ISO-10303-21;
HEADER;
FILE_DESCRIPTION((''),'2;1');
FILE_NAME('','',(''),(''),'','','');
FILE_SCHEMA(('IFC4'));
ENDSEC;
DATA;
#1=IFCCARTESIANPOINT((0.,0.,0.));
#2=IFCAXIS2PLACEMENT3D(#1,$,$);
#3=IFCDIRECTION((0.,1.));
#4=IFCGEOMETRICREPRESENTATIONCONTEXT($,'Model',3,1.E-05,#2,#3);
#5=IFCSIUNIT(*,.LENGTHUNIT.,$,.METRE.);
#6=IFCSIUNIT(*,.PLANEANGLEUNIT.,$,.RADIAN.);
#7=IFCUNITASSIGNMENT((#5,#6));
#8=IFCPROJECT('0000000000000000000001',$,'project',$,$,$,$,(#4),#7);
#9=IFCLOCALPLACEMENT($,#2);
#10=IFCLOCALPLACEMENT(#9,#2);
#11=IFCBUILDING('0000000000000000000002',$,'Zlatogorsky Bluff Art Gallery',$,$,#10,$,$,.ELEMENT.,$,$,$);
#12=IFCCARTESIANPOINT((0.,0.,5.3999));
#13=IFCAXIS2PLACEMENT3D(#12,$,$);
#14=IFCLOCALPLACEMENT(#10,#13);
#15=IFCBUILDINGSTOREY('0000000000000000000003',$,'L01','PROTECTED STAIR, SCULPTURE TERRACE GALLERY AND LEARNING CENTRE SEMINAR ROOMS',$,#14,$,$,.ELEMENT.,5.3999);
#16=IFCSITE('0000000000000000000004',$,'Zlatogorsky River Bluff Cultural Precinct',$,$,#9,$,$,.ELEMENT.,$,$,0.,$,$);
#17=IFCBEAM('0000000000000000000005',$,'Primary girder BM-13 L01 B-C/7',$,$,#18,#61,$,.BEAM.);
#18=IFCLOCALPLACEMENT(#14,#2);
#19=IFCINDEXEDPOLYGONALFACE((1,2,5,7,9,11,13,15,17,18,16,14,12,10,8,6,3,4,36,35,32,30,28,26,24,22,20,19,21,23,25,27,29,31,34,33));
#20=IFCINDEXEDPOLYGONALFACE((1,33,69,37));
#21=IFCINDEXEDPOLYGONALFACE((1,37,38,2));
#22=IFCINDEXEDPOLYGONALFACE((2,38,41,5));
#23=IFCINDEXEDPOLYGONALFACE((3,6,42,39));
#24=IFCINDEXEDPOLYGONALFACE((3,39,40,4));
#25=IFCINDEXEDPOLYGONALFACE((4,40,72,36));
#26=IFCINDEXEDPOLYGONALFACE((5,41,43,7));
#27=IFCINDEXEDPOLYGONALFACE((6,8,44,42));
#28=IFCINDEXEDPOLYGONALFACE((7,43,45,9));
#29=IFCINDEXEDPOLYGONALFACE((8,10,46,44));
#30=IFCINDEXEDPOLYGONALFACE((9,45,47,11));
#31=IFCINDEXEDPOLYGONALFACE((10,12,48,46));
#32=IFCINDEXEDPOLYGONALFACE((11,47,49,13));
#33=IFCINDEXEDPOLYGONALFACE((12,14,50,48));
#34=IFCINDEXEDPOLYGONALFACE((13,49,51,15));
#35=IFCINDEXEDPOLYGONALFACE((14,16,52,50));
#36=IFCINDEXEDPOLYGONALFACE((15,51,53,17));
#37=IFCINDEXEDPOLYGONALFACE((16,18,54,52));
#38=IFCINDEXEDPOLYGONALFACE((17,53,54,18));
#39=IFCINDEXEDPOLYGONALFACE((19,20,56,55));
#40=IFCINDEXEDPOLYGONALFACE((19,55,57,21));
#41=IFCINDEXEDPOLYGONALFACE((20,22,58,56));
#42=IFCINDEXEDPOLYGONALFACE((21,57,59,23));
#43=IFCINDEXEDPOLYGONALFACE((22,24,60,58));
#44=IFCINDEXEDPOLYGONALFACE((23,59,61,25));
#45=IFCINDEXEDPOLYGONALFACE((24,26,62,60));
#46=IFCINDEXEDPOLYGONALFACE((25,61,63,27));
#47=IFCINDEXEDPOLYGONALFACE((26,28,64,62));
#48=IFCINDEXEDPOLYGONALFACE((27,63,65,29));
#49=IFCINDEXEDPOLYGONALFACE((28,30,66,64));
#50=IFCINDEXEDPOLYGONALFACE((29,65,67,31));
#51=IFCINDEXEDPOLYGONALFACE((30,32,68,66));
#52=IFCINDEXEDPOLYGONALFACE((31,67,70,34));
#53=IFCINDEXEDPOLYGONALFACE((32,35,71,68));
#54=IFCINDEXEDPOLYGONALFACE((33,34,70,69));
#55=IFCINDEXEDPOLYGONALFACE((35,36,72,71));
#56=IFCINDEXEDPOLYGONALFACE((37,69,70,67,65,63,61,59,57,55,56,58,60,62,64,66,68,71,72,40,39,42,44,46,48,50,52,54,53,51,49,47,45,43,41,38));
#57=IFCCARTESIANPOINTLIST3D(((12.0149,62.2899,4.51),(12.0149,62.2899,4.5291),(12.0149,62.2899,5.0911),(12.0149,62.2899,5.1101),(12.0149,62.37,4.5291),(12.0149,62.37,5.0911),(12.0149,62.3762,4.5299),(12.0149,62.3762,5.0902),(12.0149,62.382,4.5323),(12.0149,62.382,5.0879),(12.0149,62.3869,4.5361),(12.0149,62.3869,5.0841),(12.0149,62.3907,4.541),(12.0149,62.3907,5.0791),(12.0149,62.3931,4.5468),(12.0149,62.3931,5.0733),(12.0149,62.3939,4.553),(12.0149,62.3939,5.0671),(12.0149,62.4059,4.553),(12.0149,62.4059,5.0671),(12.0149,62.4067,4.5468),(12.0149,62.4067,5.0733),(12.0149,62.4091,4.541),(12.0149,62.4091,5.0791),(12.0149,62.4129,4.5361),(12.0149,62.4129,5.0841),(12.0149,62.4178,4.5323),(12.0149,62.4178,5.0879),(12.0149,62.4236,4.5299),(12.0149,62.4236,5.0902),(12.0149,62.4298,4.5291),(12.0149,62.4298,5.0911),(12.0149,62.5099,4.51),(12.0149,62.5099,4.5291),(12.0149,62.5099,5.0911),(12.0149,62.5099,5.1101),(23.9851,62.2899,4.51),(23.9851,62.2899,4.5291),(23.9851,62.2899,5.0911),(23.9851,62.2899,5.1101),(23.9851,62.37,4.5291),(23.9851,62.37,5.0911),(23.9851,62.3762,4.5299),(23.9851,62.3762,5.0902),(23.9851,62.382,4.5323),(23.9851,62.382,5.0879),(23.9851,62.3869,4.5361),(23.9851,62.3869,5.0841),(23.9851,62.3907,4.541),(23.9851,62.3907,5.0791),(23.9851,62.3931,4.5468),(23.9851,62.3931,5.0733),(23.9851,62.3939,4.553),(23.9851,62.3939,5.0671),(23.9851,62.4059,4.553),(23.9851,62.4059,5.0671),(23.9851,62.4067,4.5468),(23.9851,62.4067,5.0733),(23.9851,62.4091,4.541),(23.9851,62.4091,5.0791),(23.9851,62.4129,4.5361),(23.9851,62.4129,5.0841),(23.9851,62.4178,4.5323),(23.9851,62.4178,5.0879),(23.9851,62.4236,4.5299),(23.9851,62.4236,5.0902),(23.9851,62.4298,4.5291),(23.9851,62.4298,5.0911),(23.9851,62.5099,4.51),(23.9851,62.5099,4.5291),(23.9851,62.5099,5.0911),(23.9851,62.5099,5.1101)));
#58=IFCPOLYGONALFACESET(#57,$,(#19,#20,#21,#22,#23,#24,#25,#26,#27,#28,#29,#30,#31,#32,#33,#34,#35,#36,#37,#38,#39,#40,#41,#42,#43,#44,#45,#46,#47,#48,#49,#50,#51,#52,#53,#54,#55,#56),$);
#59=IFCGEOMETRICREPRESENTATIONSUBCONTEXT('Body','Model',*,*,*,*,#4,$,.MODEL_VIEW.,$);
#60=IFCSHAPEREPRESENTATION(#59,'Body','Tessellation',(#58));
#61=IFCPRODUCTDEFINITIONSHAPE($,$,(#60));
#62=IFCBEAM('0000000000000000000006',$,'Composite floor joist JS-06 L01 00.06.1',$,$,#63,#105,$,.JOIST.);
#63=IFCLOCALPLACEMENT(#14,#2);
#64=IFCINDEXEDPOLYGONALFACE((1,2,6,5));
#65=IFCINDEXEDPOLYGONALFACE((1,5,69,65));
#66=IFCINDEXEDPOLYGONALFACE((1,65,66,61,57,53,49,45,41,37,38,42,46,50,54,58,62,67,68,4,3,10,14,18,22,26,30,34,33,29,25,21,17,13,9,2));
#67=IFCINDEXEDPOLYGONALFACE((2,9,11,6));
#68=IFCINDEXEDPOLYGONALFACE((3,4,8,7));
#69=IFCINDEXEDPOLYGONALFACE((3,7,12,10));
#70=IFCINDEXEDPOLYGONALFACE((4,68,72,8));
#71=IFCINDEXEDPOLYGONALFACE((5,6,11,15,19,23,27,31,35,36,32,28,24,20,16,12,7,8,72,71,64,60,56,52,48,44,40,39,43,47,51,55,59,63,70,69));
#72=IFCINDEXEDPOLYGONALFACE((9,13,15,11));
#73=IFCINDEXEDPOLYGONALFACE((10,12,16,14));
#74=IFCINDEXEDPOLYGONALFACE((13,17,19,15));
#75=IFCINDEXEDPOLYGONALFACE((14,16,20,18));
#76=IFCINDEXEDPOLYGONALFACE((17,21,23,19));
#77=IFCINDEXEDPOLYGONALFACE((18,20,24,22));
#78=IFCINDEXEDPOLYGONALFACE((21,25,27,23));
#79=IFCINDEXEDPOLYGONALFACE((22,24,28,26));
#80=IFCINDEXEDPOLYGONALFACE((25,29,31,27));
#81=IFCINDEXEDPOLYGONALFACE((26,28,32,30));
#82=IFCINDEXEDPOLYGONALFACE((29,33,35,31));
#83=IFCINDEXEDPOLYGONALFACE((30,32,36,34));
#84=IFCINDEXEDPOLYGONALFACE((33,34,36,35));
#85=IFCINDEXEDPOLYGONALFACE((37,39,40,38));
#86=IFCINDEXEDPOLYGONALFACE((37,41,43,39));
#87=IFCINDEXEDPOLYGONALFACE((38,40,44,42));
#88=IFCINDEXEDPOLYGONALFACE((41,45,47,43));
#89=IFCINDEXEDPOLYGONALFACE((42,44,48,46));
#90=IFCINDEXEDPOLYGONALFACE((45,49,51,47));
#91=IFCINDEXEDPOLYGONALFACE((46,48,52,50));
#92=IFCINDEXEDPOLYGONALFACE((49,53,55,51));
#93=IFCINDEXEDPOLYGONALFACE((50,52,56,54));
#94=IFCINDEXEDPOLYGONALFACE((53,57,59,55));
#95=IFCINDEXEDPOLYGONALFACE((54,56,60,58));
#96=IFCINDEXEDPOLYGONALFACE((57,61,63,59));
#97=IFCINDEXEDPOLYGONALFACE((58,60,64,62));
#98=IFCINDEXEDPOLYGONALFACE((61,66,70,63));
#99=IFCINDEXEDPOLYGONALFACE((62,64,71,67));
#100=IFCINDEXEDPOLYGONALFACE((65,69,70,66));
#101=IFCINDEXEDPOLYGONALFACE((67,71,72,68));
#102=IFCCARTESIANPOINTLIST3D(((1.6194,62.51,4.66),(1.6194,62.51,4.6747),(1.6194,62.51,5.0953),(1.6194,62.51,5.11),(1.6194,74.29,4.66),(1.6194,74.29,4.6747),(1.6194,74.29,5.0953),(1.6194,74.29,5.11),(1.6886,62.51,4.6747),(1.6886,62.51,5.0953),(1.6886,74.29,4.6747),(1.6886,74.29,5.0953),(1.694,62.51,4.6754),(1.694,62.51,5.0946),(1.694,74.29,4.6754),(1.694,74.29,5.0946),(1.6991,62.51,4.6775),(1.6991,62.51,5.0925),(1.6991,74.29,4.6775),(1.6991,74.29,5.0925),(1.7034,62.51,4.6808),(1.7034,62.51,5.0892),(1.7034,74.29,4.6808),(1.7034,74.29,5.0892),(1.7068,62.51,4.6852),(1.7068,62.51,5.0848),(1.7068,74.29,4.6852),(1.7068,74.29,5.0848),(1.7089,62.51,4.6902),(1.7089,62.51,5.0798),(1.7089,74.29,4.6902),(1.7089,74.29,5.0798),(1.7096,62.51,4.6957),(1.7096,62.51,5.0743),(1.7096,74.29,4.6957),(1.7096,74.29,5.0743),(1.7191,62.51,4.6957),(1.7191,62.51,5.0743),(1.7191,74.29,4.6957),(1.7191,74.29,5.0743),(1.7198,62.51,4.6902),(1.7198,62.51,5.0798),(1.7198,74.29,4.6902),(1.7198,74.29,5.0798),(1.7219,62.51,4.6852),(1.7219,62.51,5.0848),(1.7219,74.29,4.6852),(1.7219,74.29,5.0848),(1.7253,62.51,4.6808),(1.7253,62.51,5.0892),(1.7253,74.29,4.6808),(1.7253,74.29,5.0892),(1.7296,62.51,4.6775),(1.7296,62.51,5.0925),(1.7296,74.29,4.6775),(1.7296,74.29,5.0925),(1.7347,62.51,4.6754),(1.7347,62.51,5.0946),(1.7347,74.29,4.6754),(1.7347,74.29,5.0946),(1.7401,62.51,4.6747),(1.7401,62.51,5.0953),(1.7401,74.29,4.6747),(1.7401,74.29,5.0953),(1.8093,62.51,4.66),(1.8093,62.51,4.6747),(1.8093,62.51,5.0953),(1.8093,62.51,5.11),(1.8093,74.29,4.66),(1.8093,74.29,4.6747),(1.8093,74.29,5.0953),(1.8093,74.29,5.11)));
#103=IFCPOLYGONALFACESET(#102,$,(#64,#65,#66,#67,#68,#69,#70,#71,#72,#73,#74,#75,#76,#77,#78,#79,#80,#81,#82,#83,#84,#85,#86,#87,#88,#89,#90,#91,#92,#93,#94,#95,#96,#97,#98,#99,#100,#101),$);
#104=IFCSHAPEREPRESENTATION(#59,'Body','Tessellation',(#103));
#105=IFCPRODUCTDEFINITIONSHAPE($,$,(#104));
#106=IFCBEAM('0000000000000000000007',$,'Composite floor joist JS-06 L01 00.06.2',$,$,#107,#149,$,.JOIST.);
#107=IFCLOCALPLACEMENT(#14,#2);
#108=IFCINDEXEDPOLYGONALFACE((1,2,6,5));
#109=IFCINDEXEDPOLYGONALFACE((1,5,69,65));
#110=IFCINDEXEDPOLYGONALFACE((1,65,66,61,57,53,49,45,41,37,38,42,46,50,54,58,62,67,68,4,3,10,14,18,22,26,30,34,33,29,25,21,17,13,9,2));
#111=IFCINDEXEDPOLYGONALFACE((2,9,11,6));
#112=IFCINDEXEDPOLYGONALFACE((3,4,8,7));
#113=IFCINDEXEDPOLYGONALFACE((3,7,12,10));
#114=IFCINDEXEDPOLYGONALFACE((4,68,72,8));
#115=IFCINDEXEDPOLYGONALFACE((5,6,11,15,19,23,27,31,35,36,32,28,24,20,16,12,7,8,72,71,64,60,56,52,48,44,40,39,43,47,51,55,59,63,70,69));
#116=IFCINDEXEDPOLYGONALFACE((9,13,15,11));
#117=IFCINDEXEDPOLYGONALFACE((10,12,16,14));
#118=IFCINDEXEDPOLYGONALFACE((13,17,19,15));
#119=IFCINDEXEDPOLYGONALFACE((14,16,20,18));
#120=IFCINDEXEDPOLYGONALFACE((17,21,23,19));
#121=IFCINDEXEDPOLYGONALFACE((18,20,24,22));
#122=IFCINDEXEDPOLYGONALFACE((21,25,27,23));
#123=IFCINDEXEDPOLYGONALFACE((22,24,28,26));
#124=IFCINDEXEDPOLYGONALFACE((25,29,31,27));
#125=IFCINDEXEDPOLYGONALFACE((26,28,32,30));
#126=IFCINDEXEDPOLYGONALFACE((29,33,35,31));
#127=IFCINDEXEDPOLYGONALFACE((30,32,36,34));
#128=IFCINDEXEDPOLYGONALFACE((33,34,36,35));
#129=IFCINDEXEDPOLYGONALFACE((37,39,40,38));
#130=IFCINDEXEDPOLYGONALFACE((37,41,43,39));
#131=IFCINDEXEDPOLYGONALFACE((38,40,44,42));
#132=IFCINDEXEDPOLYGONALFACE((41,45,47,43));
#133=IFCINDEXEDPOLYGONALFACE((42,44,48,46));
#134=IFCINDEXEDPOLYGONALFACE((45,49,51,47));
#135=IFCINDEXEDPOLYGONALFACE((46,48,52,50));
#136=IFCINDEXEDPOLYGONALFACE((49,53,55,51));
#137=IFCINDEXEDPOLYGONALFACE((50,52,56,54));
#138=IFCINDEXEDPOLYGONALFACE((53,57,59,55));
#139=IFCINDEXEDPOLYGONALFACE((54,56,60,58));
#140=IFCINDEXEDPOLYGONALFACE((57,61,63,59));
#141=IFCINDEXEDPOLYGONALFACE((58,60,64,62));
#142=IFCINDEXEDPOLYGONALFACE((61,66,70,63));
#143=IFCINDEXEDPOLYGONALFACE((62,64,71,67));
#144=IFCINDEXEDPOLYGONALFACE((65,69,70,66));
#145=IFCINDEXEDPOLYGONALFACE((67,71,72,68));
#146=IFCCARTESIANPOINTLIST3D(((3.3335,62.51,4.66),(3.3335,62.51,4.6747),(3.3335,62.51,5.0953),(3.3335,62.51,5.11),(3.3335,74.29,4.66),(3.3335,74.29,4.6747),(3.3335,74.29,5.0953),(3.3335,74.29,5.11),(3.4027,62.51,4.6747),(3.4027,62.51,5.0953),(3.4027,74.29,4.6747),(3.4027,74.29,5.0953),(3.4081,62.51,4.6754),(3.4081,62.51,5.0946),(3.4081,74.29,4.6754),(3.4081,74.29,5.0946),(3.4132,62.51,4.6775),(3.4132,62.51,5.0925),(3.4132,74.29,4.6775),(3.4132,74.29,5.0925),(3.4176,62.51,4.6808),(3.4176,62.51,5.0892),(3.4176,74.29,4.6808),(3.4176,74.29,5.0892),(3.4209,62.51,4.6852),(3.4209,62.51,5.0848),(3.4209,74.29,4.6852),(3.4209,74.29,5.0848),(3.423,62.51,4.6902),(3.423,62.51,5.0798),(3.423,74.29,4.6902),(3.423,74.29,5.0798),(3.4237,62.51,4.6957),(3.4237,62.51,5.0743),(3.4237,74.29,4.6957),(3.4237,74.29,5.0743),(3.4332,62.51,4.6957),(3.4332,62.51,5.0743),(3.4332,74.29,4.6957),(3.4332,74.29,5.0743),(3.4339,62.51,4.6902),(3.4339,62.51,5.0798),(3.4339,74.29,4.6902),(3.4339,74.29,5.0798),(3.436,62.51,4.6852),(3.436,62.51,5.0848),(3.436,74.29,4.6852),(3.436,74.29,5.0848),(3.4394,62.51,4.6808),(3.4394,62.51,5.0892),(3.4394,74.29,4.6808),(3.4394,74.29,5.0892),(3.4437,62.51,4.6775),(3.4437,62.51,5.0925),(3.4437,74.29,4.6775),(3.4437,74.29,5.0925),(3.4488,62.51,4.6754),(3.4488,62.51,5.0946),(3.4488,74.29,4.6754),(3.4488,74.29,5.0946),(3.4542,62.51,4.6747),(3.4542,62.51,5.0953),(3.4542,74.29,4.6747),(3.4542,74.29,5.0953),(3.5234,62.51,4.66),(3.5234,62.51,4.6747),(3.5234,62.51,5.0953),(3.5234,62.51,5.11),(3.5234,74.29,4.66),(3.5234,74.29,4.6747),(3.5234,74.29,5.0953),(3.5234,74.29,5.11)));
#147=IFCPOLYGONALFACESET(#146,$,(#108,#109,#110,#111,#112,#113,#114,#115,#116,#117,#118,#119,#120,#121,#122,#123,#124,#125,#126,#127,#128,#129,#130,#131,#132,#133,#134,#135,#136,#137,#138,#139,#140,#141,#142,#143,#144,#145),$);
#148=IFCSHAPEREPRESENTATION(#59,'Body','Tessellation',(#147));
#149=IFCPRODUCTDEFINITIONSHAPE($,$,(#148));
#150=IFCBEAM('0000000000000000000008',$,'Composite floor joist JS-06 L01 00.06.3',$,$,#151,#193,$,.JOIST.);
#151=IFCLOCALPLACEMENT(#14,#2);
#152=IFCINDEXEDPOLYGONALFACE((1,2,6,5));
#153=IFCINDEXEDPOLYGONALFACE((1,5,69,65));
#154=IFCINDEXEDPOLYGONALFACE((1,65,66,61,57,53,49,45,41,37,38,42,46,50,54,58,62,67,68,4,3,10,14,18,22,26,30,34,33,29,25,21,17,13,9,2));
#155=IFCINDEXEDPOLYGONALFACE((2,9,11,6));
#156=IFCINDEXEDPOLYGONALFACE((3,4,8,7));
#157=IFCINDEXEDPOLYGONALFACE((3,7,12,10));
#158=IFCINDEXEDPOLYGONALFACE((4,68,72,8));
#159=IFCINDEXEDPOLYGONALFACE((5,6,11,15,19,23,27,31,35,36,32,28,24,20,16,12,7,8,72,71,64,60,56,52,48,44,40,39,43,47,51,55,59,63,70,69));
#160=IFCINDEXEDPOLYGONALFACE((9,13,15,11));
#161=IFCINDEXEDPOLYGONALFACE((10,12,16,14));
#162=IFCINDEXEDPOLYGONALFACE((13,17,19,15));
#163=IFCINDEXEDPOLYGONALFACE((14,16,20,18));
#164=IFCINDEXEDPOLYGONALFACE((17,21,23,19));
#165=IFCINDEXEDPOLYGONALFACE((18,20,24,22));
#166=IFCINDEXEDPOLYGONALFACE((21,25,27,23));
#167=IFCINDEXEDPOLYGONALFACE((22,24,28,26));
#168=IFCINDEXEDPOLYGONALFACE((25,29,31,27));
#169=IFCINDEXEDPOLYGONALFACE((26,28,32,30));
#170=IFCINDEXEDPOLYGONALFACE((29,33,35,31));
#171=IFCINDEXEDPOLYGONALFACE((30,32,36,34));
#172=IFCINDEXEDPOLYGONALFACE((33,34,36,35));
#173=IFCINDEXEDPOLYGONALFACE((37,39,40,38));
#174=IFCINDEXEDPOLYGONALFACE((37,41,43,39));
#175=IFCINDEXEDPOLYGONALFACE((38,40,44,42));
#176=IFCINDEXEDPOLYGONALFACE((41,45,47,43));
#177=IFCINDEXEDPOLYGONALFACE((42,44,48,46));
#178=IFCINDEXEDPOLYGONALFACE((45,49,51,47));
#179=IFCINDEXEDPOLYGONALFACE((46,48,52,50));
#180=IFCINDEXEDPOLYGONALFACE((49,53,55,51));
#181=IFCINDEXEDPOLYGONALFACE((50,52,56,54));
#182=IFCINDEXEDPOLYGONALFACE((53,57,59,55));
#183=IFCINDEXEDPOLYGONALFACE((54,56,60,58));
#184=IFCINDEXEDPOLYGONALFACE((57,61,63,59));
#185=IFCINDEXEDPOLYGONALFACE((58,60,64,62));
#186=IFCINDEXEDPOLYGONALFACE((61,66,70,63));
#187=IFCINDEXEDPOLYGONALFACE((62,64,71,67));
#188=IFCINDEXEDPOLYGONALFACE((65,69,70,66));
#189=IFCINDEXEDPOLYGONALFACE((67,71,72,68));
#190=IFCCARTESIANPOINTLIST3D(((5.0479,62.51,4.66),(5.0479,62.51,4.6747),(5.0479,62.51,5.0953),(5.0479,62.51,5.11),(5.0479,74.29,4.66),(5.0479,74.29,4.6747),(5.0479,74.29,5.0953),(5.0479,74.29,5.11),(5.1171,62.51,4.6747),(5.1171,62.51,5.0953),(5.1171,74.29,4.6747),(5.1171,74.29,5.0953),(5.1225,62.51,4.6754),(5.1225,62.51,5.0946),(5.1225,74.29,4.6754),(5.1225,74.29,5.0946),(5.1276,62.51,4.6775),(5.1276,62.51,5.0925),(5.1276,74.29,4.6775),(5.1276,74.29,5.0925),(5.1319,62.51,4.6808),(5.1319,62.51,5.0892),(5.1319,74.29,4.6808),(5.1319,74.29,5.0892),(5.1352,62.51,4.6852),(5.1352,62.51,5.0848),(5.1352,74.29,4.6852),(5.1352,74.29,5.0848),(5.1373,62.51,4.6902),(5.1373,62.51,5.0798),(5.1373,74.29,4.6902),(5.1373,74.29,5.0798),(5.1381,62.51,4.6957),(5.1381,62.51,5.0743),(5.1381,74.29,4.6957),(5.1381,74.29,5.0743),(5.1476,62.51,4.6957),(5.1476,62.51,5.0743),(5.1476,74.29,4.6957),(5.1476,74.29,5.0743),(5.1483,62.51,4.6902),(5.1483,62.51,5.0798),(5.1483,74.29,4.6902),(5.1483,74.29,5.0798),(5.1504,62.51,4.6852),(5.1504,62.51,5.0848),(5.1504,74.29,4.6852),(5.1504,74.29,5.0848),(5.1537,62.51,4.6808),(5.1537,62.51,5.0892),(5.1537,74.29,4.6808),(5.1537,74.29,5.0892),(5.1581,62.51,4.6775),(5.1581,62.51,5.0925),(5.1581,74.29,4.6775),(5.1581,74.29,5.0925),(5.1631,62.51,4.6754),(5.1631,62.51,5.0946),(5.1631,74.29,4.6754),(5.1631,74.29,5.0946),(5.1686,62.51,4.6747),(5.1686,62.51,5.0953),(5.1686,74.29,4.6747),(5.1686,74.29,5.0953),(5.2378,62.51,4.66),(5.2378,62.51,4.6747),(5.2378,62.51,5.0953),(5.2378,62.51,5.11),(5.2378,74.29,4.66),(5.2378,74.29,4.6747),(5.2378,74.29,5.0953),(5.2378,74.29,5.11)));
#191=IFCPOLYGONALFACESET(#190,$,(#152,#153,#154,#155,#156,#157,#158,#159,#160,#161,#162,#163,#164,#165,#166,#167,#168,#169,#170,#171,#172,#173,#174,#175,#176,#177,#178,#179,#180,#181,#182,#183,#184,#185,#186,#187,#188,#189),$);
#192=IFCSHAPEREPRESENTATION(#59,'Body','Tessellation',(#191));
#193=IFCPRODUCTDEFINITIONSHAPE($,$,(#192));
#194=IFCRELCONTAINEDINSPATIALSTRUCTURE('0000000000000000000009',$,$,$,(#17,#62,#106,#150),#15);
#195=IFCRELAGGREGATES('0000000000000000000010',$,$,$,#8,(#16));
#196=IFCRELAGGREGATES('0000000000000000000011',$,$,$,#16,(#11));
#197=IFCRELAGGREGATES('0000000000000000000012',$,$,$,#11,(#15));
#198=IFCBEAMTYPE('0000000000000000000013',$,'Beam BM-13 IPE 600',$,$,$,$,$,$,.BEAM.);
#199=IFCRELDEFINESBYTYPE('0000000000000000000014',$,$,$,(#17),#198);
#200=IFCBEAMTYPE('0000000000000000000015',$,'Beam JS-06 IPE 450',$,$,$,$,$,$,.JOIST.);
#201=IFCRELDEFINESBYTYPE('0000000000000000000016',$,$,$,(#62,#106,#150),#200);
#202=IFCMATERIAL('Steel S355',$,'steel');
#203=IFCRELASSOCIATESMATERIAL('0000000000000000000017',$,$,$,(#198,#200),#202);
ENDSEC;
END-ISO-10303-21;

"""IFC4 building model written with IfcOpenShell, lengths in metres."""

from ifc_helpers import new_model, si_unit, direction, frame, origin, origin_2d, place, context, subcontext, project, spatial, i_section, extrude, material, material_profile, profile_set, type_object, element, save


model = new_model("IFC4")

# Units and contexts
model_context = context("Model", 3, precision=1e-05, world=origin(), true_north=direction((0.0, 1.0)))
body_context = subcontext(model_context, "Body", "Model", "MODEL_VIEW")
ifc_project = project(units=[si_unit("LENGTHUNIT", "METRE"), si_unit("PLANEANGLEUNIT", "RADIAN")], contexts=[model_context])

# Site, building, storey
site_placement = place(None, origin())
site = spatial("IfcSite", under=ifc_project, at=site_placement, Name="Zlatogorsky River Bluff Cultural Precinct", CompositionType="ELEMENT", RefElevation=0.0)
building_placement = place(site_placement, origin())
building = spatial("IfcBuilding", under=site, at=building_placement, Name="Zlatogorsky Bluff Art Gallery", CompositionType="ELEMENT")
storey_placement = place(building_placement, frame((0.0, 0.0, 5.3999)))
storey = spatial("IfcBuildingStorey", under=building, at=storey_placement, Name="L01", Description="PROTECTED STAIR, SCULPTURE TERRACE GALLERY AND LEARNING CENTRE SEMINAR ROOMS", CompositionType="ELEMENT", Elevation=5.3999)

# Shared definitions
ifc_material_1 = material(Name="Steel S355", Category="steel")

# Beams
ifc_material_profile_1 = material_profile(ifc_material_1, i_section(OverallWidth=0.22, OverallDepth=0.6001, WebThickness=0.012, FlangeThickness=0.019, FilletRadius=0.0239, at=origin_2d()), Name="IPE 600")
ifc_profile_set_1 = profile_set([ifc_material_profile_1], Name="Steel S355")
beam_type_1 = type_object("IfcBeamType", Name="Beam BM-13 IPE 600", PredefinedType="BEAM", material=ifc_profile_set_1)
for number, where, z_axis, x_axis, name in (
    (1, (12.0149, 62.3999, 4.8101), (1.0, 0.0, 0.0), (0.0, 1.0, 0.0), "Primary girder BM-13 L01 B-C/7"),
):
    element("IfcBeam", number, at=place(storey_placement, frame(where, z_axis=z_axis, x_axis=x_axis)), inside=storey, type_object=beam_type_1, Name=name, PredefinedType="BEAM", context=body_context, shape_type="SweptSolid", body=[
        extrude(i_section(OverallWidth=0.22, OverallDepth=0.6001, WebThickness=0.012, FlangeThickness=0.019, FilletRadius=0.0239, at=origin_2d()), origin(), (0.0, 0.0, 1.0), 11.9702),
    ])
ifc_material_profile_2 = material_profile(ifc_material_1, i_section(OverallWidth=0.1899, OverallDepth=0.45, WebThickness=0.0095, FlangeThickness=0.0146, FilletRadius=0.021, at=origin_2d()), Name="IPE 450")
ifc_profile_set_2 = profile_set([ifc_material_profile_2], Name="Steel S355")
beam_type_2 = type_object("IfcBeamType", Name="Beam JS-06 IPE 450", PredefinedType="JOIST", material=ifc_profile_set_2)
for number, where, z_axis, x_axis, name in (
    (2, (1.7144, 62.51, 4.885), (0.0, 1.0, 0.0), (-1.0, 0.0, 0.0), "Composite floor joist JS-06 L01 00.06.1"),
    (3, (3.4285, 62.51, 4.885), (0.0, 1.0, 0.0), (-1.0, 0.0, 0.0), "Composite floor joist JS-06 L01 00.06.2"),
    (4, (5.1428, 62.51, 4.885), (0.0, 1.0, 0.0), (-1.0, 0.0, 0.0), "Composite floor joist JS-06 L01 00.06.3"),
):
    element("IfcBeam", number, at=place(storey_placement, frame(where, z_axis=z_axis, x_axis=x_axis)), inside=storey, type_object=beam_type_2, Name=name, PredefinedType="JOIST", context=body_context, shape_type="SweptSolid", body=[
        extrude(i_section(OverallWidth=0.1899, OverallDepth=0.45, WebThickness=0.0095, FlangeThickness=0.0146, FilletRadius=0.021, at=origin_2d()), origin(), (0.0, 0.0, 1.0), 11.78),
    ])

save(model, "model.ifc")
